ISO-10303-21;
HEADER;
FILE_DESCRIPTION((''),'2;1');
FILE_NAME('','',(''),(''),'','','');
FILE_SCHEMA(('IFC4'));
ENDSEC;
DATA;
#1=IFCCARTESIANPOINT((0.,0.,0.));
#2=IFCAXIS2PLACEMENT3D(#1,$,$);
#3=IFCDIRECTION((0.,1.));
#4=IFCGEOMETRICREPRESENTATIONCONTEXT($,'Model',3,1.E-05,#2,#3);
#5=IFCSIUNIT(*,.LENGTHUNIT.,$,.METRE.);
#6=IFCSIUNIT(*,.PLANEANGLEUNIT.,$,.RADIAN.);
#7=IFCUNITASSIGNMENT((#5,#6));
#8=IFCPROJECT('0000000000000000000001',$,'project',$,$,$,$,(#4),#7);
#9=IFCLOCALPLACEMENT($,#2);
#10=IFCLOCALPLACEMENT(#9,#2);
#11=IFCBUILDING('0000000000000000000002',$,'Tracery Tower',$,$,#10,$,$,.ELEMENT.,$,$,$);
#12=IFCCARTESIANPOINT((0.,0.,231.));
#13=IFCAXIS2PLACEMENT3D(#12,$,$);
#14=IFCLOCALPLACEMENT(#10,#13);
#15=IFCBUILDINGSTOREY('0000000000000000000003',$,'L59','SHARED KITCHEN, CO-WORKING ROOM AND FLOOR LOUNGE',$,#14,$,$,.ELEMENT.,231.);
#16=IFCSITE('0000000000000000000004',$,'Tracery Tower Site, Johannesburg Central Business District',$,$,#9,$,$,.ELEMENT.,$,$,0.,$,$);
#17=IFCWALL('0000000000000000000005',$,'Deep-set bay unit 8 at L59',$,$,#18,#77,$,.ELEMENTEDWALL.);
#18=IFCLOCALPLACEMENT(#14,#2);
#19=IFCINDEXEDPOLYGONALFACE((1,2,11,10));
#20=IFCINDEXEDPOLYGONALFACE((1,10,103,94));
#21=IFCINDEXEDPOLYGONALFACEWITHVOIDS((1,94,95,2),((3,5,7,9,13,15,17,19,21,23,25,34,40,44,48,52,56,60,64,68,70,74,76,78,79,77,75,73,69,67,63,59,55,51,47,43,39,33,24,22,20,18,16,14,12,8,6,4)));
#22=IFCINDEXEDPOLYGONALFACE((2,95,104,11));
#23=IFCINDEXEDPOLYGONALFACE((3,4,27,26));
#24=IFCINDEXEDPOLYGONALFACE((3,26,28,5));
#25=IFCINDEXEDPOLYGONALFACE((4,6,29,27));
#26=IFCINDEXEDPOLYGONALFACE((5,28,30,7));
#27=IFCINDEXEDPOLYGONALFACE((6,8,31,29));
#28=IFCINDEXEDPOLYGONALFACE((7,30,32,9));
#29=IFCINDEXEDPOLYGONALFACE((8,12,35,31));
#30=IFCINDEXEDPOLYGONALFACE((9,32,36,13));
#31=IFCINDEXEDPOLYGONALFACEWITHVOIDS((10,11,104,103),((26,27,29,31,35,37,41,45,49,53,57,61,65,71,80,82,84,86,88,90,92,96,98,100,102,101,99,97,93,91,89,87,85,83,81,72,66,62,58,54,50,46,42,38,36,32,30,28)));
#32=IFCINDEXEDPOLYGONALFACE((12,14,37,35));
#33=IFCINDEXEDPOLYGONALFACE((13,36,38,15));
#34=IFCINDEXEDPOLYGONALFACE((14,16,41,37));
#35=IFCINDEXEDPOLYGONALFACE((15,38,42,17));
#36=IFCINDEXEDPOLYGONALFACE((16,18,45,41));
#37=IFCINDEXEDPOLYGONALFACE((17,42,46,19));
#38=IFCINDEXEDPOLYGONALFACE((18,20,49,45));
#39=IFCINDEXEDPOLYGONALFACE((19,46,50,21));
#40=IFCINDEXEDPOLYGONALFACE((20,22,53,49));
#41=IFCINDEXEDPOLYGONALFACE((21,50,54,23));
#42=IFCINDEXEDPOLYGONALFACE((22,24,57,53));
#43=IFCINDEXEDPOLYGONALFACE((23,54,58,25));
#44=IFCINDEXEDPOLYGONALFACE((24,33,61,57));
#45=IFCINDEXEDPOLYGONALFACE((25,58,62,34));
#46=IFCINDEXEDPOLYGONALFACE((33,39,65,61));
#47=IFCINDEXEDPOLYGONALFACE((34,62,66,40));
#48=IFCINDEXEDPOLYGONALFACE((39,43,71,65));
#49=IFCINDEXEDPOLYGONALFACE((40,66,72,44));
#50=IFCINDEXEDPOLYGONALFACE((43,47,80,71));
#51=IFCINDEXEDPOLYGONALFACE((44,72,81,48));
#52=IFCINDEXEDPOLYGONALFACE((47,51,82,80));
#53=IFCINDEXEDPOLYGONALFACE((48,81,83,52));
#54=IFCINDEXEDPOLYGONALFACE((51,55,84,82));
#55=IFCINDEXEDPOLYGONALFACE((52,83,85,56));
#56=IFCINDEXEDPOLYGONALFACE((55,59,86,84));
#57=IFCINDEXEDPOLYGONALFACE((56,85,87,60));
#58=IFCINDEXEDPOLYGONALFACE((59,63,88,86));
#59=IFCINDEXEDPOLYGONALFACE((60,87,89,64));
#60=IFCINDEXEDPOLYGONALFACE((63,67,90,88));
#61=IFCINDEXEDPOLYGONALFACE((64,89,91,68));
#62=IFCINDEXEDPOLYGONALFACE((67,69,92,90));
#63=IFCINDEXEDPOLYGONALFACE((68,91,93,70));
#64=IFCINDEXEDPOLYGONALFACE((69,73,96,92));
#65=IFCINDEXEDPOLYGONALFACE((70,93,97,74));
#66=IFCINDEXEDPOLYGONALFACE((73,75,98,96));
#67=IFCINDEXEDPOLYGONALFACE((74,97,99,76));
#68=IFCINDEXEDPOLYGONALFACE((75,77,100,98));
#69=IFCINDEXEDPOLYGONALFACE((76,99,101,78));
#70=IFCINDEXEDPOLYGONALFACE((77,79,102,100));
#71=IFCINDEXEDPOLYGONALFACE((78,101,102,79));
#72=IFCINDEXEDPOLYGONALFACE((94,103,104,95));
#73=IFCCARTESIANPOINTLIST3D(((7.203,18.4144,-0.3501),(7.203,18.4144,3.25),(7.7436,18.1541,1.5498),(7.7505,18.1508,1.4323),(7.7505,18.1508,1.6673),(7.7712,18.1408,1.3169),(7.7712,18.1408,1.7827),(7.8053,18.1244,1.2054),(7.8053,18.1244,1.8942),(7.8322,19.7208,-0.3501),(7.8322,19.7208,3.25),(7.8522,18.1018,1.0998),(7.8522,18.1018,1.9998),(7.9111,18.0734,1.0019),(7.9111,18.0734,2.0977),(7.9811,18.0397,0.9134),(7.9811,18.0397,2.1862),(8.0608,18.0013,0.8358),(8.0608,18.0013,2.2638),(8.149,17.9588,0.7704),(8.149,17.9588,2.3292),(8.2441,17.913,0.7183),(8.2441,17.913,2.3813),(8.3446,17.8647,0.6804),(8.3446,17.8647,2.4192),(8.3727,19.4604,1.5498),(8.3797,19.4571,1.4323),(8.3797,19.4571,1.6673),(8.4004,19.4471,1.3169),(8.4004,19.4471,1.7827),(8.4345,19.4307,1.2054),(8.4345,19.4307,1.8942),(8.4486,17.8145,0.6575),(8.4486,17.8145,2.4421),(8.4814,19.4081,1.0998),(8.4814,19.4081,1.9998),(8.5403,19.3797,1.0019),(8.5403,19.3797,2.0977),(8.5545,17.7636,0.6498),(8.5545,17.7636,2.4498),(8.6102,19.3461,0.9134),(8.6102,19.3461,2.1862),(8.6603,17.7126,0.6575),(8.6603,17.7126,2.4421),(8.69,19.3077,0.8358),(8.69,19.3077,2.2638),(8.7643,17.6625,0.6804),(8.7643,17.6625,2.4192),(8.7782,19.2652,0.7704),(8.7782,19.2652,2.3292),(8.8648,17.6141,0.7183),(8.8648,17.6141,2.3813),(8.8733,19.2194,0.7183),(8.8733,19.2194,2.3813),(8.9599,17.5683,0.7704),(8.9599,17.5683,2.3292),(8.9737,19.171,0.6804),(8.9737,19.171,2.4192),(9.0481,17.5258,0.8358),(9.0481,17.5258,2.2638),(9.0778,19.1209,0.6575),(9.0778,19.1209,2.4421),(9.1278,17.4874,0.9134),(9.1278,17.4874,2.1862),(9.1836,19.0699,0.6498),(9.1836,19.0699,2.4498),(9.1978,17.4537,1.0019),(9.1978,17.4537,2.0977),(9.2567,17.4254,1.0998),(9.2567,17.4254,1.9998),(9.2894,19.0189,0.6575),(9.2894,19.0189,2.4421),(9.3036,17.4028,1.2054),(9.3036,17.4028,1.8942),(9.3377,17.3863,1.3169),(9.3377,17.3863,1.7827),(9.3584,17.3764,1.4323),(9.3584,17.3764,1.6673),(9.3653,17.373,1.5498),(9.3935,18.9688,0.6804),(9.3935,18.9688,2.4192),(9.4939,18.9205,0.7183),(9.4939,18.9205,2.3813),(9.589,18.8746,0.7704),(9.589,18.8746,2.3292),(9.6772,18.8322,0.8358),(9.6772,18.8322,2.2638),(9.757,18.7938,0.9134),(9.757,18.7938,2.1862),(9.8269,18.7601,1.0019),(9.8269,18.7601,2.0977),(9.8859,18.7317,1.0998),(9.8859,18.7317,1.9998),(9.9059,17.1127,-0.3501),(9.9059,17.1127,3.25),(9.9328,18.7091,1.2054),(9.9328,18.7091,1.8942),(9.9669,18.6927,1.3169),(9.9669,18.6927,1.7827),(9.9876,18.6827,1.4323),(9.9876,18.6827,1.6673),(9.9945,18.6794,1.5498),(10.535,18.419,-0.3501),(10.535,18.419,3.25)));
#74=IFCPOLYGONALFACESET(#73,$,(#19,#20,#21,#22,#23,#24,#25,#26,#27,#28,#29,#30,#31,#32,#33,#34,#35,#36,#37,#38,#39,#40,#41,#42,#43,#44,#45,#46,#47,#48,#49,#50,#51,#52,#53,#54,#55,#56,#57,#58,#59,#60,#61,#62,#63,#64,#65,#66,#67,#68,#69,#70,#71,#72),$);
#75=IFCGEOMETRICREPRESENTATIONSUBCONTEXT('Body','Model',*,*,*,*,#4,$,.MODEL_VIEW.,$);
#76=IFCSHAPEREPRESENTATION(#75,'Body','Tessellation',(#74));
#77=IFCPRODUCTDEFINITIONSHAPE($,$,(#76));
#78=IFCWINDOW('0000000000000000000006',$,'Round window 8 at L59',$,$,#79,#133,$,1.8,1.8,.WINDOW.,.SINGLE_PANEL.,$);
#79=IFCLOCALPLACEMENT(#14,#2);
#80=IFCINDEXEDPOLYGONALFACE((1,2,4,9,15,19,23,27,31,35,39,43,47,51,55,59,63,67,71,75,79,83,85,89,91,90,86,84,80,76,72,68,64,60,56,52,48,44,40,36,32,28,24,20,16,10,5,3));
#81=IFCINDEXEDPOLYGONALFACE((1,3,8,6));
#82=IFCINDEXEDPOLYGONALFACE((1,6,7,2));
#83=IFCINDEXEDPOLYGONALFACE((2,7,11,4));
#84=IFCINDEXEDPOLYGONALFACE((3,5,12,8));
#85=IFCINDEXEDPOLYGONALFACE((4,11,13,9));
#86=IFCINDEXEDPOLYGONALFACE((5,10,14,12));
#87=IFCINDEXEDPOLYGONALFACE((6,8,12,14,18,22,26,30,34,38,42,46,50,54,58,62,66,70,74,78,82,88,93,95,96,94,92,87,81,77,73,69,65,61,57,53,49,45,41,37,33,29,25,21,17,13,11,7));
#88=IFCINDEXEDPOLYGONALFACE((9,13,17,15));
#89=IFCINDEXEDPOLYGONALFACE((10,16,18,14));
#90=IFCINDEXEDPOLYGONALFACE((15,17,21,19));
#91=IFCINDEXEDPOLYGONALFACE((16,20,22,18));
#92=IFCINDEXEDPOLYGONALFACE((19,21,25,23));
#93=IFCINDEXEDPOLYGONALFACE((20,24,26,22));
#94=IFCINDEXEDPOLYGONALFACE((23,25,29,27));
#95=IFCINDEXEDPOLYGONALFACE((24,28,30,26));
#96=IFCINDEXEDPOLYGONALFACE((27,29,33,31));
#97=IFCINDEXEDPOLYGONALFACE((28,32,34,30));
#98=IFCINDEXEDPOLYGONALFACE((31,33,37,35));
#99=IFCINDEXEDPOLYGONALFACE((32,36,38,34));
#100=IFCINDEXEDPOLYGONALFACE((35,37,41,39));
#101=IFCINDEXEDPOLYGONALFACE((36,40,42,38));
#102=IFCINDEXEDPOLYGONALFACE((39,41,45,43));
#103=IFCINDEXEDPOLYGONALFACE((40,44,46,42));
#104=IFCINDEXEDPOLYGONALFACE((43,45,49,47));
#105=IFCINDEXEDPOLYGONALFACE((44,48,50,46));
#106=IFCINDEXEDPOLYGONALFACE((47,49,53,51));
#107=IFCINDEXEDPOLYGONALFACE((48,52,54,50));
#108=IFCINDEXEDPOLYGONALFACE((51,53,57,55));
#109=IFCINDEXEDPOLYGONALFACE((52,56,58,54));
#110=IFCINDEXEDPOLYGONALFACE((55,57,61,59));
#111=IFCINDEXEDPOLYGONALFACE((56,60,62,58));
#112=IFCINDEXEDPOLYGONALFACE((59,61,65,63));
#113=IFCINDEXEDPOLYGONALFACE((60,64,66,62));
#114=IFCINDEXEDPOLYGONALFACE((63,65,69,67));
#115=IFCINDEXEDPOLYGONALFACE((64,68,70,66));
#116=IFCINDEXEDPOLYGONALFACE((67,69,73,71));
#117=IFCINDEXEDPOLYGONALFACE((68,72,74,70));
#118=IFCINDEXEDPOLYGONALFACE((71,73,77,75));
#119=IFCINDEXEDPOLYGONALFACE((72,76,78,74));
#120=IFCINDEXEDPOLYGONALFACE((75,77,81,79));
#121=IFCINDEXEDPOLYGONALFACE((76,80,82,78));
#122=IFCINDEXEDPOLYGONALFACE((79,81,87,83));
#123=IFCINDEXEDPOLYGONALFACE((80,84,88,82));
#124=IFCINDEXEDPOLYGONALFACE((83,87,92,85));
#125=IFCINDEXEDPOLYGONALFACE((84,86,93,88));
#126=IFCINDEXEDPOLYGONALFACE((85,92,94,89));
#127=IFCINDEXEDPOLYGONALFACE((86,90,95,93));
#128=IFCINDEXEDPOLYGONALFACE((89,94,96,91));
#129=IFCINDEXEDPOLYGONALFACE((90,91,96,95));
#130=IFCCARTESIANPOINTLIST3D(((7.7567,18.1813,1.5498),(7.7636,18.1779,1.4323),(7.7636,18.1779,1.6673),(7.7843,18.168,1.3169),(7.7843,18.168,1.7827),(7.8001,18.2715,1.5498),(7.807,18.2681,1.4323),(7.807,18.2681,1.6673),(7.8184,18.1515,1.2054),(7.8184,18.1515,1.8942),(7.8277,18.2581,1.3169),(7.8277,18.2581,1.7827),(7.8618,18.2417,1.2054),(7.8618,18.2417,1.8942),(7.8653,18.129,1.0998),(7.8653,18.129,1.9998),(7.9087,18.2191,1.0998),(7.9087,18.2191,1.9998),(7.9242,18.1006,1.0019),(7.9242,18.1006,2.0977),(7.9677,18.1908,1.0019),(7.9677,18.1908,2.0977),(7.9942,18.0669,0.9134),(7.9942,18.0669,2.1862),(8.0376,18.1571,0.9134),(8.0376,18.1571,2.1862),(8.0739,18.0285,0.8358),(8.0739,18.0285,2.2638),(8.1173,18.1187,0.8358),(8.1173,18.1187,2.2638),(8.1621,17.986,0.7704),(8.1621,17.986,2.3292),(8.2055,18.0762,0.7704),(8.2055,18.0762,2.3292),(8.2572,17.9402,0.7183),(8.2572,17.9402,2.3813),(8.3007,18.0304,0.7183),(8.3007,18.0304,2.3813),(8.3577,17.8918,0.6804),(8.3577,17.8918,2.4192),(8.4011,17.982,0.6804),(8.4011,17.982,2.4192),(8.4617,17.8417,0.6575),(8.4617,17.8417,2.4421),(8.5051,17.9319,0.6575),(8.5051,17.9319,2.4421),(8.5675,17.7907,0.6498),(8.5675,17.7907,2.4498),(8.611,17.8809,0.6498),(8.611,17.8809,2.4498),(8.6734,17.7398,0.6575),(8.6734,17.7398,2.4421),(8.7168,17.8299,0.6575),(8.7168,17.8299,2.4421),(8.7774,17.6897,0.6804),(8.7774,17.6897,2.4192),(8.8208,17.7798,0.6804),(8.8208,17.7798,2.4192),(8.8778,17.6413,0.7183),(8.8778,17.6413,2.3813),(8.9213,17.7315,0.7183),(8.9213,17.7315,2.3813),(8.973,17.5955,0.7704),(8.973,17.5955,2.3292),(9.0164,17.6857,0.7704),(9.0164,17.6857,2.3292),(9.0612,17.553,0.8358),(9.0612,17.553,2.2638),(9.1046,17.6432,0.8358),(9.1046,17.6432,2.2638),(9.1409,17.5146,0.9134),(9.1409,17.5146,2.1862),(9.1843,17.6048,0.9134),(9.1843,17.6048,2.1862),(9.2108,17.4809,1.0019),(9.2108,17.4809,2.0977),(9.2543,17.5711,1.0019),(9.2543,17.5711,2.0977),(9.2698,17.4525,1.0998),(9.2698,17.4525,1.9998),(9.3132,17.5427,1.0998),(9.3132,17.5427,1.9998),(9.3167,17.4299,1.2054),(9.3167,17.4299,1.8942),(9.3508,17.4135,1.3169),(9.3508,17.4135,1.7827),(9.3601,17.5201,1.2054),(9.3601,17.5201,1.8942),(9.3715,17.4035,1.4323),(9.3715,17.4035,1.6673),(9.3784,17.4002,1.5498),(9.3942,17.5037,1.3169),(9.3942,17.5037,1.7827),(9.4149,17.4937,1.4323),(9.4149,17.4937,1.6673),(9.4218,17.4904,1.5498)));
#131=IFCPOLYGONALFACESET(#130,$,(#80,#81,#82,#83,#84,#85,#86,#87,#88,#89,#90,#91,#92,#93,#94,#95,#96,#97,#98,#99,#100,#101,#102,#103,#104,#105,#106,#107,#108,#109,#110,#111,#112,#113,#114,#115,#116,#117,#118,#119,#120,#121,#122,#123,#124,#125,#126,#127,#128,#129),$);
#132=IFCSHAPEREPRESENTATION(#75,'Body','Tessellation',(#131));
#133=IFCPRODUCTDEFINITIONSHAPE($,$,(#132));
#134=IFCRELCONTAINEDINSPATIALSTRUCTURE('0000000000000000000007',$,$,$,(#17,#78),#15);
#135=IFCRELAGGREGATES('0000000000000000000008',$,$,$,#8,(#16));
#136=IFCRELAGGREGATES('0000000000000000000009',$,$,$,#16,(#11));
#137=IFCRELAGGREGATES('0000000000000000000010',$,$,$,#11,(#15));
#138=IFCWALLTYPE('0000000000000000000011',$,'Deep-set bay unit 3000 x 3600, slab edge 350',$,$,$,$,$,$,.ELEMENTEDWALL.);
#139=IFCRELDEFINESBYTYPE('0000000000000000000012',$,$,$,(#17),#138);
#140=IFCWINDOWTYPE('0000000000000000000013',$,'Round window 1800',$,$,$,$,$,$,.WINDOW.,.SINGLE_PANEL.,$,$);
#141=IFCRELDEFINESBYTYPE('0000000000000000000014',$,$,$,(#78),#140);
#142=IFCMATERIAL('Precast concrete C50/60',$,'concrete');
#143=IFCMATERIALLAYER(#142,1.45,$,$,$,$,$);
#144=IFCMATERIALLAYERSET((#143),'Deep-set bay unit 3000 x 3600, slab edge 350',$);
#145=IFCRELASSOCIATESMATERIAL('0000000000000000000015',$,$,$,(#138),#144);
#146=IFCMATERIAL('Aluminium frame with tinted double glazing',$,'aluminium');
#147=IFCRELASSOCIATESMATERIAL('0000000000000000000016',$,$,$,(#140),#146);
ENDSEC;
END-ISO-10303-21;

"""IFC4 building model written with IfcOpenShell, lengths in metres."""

from ifc_helpers import new_model, si_unit, direction, frame, frame_2d, origin, origin_2d, place, context, subcontext, project, spatial, rectangle, circle, extrude, material, layer, layer_set, type_object, element, fill, save


model = new_model("IFC4")

# Units and contexts
model_context = context("Model", 3, precision=1e-05, world=origin(), true_north=direction((0.0, 1.0)))
body_context = subcontext(model_context, "Body", "Model", "MODEL_VIEW")
ifc_project = project(units=[si_unit("LENGTHUNIT", "METRE"), si_unit("PLANEANGLEUNIT", "RADIAN")], contexts=[model_context])

# Site, building, storey
site_placement = place(None, origin())
site = spatial("IfcSite", under=ifc_project, at=site_placement, Name="Tracery Tower Site, Johannesburg Central Business District", CompositionType="ELEMENT", RefElevation=0.0)
building_placement = place(site_placement, origin())
building = spatial("IfcBuilding", under=site, at=building_placement, Name="Tracery Tower", CompositionType="ELEMENT")
storey_placement = place(building_placement, frame((0.0, 0.0, 231.0)))
storey = spatial("IfcBuildingStorey", under=building, at=storey_placement, Name="L59", Description="SHARED KITCHEN, CO-WORKING ROOM AND FLOOR LOUNGE", CompositionType="ELEMENT", Elevation=231.0)

# Wall, opening, window
ifc_material_1 = material(Name="Precast concrete C50/60", Category="concrete")
ifc_layer_1 = layer(ifc_material_1, 1.45)
ifc_layer_set_1 = layer_set([ifc_layer_1], Name="Deep-set bay unit 3000 x 3600, slab edge 350")
wall_type_1 = type_object("IfcWallType", Name="Deep-set bay unit 3000 x 3600, slab edge 350", PredefinedType="ELEMENTEDWALL", material=ifc_layer_set_1)
ifc_material_2 = material(Name="Aluminium frame with tinted double glazing", Category="aluminium")
window_type = type_object("IfcWindowType", Name="Round window 1800", PartitioningType="SINGLE_PANEL", PredefinedType="WINDOW", material=ifc_material_2)
wall_1_placement = place(storey_placement, frame((10.2205, 17.7659, -0.3501), z_axis=(0.0, 0.0, 1.0), x_axis=(-0.900953, 0.433916, 0.0)))
wall_1 = element("IfcWall", 1, at=wall_1_placement, inside=storey, type_object=wall_type_1, Name="Deep-set bay unit 8 at L59", PredefinedType="ELEMENTEDWALL", context=body_context, shape_type="SweptSolid", body=[
    extrude(rectangle(XDim=3.0, YDim=1.45, at=frame_2d((1.5, 0.0))), origin(), (0.0, 0.0, 1.0), 3.6001),
])
opening_1_placement = place(wall_1_placement, frame((1.5, 0.0, 1.8999)))
opening_1 = element("IfcOpeningElement", 2, at=opening_1_placement, cuts=wall_1, PredefinedType="OPENING", context=body_context, shape_type="SweptSolid", body=[
    extrude(circle(Radius=0.9, at=origin_2d()), frame((0.0, 0.7349, 0.0), z_axis=(0.0, -1.0, 0.0), x_axis=(1.0, 0.0, 0.0)), (0.0, 0.0, 1.0), 1.47),
])
window_1_placement = place(opening_1_placement, origin())
window_1 = element("IfcWindow", 3, at=window_1_placement, inside=storey, type_object=window_type, Name="Round window 8 at L59", OverallHeight=1.8, OverallWidth=1.8, PartitioningType="SINGLE_PANEL", PredefinedType="WINDOW", context=body_context, shape_type="SweptSolid", body=[
    extrude(circle(Radius=0.9, at=origin_2d()), frame((0.0, 0.6948, 0.0), z_axis=(0.0, -1.0, 0.0), x_axis=(1.0, 0.0, 0.0)), (0.0, 0.0, 1.0), 0.1001),
])
fill(opening_1, window_1)

save(model, "model.ifc")
